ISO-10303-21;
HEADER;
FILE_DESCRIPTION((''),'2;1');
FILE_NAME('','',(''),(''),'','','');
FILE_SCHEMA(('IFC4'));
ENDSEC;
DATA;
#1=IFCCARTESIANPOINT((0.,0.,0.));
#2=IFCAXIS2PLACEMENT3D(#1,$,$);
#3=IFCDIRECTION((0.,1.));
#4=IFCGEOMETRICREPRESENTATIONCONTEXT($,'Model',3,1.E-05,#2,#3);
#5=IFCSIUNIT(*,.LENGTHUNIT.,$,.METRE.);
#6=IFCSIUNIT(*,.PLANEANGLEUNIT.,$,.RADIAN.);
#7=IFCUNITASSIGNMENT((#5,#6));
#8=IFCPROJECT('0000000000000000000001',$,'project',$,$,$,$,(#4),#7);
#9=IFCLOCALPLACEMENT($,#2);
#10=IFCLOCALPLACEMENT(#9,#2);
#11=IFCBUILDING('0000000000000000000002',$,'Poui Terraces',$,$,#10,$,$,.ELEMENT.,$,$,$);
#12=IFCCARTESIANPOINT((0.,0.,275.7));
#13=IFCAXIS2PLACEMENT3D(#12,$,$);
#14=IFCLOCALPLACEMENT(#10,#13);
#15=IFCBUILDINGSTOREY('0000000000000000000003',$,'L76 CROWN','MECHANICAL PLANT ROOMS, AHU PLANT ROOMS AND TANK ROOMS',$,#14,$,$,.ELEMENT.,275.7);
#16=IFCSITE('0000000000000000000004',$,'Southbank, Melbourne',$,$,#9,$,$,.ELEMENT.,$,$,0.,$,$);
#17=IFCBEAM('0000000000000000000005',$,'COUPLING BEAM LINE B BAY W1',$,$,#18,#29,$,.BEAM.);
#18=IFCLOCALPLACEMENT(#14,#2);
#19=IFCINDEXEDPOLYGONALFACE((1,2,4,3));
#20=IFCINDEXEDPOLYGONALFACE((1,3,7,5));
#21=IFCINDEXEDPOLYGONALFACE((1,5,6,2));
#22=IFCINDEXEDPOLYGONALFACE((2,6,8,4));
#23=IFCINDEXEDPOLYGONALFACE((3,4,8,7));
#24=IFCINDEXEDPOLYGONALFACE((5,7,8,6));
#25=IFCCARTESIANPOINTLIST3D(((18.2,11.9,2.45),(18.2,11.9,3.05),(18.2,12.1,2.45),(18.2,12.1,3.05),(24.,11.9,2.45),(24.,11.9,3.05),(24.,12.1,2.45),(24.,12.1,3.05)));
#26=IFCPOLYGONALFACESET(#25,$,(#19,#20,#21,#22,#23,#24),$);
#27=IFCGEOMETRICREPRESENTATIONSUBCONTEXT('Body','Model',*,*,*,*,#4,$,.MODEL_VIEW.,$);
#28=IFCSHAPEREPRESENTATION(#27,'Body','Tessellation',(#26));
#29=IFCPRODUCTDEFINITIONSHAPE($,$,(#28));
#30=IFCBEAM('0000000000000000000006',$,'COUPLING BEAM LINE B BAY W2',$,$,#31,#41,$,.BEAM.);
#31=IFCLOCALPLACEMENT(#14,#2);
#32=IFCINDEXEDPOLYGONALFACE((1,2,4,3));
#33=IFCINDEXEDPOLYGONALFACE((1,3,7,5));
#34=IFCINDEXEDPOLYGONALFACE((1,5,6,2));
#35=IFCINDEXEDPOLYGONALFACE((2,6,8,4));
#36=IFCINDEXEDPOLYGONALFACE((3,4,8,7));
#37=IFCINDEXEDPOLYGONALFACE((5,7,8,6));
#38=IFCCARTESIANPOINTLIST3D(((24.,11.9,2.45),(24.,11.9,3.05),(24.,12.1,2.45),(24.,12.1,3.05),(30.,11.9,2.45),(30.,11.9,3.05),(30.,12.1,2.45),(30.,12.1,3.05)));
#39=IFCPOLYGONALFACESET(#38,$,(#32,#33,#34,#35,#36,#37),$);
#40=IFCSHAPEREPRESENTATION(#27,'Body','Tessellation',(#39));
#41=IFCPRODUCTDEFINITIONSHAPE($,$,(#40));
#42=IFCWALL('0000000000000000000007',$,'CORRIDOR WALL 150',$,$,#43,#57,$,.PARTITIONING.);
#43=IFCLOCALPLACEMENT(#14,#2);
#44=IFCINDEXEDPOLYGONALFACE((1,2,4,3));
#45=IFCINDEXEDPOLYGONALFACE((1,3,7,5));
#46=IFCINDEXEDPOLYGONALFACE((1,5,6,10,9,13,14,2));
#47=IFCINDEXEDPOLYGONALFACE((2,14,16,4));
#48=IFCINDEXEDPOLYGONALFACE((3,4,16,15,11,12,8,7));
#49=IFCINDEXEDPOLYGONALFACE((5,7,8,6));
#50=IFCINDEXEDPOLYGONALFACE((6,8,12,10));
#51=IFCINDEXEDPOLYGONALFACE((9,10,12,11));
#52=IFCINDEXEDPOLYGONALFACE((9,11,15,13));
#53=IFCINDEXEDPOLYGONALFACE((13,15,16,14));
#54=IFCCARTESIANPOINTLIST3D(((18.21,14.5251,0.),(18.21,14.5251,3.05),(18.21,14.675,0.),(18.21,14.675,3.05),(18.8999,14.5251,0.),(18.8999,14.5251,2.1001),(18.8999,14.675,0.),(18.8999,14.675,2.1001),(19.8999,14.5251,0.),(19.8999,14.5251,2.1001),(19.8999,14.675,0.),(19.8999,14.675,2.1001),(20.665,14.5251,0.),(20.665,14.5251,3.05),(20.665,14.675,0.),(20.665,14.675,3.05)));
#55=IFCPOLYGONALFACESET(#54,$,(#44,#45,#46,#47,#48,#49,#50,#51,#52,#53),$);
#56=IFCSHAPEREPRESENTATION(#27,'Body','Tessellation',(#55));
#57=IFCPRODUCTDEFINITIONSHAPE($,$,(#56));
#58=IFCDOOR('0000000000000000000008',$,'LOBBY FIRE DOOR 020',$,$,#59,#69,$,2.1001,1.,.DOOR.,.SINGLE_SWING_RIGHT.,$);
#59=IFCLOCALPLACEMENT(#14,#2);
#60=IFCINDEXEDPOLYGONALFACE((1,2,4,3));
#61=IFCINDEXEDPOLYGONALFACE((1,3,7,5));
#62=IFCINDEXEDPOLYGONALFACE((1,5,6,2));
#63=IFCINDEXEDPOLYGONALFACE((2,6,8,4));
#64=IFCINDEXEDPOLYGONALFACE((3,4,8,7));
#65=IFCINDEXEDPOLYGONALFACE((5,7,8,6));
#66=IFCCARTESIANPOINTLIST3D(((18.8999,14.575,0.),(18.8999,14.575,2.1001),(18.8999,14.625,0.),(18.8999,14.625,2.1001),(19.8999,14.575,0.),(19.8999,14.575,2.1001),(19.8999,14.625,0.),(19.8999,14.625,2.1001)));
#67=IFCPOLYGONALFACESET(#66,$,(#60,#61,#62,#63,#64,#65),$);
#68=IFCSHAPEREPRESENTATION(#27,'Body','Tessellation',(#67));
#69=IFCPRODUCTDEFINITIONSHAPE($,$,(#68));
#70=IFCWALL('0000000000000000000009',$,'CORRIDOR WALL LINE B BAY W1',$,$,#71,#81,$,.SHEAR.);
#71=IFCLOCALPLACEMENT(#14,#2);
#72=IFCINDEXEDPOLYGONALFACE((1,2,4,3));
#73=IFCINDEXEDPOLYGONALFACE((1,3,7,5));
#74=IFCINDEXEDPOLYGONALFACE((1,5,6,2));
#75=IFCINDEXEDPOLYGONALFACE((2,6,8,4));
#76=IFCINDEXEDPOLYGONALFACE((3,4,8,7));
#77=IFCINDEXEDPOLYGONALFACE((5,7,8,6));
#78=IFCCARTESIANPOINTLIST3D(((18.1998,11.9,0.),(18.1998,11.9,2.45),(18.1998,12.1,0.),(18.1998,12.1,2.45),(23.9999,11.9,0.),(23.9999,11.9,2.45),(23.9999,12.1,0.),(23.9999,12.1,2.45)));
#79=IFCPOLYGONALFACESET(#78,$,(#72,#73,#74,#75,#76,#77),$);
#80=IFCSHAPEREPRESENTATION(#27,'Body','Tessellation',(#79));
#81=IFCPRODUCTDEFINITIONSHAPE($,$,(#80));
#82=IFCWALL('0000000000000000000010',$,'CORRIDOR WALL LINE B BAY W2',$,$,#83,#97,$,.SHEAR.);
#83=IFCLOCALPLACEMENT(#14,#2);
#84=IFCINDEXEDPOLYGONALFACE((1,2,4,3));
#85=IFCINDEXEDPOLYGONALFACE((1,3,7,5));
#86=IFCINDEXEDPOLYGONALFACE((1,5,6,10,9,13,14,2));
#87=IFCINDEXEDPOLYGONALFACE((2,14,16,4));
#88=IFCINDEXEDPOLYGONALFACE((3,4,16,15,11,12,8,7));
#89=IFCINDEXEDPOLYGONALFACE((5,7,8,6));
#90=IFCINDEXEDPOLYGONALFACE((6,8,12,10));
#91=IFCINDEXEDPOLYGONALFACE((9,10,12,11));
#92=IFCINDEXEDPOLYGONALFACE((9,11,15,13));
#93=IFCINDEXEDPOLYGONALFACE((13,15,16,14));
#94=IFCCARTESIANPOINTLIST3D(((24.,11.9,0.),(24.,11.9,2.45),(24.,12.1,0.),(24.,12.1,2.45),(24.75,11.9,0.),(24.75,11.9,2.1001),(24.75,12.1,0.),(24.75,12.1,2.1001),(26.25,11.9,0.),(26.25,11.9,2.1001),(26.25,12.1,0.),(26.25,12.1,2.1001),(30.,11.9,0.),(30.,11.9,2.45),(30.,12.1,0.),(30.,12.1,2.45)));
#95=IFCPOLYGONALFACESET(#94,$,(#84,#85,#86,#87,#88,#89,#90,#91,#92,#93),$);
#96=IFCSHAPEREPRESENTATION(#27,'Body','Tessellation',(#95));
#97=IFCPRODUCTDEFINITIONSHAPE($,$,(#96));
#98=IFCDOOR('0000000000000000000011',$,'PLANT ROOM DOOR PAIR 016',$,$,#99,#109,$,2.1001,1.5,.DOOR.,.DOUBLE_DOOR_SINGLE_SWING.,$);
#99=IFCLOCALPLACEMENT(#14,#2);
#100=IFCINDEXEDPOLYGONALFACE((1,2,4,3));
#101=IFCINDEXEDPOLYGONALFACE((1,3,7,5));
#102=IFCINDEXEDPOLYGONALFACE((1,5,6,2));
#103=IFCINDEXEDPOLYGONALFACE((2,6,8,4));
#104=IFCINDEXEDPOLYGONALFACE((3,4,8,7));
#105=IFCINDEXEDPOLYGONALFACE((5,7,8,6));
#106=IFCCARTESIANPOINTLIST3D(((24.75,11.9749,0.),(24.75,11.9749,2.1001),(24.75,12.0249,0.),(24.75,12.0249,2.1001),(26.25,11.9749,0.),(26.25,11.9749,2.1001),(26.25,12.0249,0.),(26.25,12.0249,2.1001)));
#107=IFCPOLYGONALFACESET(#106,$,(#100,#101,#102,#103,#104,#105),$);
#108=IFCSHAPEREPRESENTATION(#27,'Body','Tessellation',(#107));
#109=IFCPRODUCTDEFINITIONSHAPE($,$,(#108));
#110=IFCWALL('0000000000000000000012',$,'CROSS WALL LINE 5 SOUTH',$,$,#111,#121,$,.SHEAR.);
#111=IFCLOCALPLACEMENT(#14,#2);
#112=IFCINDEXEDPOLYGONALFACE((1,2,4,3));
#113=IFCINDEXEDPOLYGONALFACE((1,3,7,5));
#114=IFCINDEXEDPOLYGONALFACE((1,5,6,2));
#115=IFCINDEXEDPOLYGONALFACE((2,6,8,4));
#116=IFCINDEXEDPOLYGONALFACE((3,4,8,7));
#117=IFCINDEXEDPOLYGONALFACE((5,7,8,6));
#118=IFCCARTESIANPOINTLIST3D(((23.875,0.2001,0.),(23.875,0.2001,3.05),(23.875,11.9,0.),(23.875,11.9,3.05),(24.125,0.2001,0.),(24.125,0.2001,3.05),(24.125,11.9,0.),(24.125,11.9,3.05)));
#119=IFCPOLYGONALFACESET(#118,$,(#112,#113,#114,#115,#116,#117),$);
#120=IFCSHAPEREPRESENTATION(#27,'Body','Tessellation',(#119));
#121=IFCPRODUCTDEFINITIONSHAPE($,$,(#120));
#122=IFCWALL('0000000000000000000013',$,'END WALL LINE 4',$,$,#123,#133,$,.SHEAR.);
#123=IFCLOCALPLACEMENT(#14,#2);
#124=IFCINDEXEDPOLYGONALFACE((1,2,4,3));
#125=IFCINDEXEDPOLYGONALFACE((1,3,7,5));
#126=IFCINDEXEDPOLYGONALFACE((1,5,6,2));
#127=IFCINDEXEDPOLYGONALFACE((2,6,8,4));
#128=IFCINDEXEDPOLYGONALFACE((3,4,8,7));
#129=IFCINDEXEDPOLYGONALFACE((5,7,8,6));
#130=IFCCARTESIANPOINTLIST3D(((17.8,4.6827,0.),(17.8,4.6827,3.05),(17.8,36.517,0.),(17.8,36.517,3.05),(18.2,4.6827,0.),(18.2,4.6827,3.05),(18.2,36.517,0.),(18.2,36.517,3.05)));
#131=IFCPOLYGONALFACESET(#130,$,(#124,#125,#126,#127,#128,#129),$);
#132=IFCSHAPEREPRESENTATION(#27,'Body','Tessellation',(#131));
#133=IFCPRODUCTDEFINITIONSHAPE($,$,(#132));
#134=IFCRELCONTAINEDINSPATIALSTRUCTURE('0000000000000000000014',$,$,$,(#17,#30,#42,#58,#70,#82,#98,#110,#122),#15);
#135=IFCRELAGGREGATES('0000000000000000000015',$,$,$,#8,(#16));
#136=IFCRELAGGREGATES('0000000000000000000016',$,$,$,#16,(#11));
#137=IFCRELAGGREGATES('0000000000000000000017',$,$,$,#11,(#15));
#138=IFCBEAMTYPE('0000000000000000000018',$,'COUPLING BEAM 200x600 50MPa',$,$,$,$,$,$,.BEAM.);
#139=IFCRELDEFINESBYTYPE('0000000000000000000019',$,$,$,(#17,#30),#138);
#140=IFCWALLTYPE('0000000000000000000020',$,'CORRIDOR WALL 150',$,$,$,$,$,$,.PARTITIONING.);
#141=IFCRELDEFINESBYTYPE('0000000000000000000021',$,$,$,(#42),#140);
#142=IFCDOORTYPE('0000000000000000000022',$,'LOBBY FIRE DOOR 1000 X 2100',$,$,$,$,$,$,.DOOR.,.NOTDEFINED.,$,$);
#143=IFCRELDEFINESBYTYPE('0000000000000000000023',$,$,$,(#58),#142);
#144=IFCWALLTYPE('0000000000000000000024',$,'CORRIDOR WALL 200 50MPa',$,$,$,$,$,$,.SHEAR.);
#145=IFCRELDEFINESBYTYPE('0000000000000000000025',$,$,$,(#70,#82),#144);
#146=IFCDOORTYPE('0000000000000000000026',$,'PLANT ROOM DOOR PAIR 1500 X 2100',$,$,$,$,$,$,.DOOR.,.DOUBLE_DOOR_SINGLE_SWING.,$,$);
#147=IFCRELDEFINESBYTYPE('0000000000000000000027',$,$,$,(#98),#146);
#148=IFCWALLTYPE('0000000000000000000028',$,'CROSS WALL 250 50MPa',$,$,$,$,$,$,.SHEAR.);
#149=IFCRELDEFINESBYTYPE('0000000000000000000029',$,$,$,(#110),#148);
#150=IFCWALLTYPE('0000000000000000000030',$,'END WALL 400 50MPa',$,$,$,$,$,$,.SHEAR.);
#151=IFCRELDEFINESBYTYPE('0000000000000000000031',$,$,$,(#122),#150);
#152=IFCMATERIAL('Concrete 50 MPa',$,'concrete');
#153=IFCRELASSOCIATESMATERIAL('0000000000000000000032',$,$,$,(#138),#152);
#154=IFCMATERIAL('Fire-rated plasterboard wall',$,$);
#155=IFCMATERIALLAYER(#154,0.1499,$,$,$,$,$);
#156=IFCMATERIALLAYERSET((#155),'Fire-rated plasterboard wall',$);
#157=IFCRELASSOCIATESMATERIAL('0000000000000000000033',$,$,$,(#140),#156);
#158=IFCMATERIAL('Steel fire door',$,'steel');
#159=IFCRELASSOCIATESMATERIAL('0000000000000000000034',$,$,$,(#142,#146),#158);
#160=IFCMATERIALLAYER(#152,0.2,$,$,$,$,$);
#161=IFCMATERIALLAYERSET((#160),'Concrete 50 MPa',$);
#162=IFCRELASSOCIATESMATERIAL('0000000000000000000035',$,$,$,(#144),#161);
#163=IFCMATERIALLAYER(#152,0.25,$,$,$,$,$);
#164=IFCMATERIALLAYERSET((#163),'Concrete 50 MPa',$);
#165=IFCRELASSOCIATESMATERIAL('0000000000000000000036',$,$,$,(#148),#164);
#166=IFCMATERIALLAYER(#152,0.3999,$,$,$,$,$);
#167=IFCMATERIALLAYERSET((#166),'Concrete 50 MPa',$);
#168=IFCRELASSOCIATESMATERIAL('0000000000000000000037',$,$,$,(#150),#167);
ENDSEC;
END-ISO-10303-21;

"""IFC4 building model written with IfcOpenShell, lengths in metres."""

from ifc_helpers import new_model, si_unit, direction, frame, frame_2d, origin, origin_2d, place, context, subcontext, project, spatial, rectangle, extrude, source, transform, mapped, material, layer, layer_set, material_profile, profile_set, type_object, element, fill, save


model = new_model("IFC4")

# Units and contexts
model_context = context("Model", 3, precision=1e-05, world=origin(), true_north=direction((0.0, 1.0)))
body_context = subcontext(model_context, "Body", "Model", "MODEL_VIEW")
ifc_project = project(units=[si_unit("LENGTHUNIT", "METRE"), si_unit("PLANEANGLEUNIT", "RADIAN")], contexts=[model_context])

# Site, building, storey
site_placement = place(None, origin())
site = spatial("IfcSite", under=ifc_project, at=site_placement, Name="Southbank, Melbourne", CompositionType="ELEMENT", RefElevation=0.0)
building_placement = place(site_placement, origin())
building = spatial("IfcBuilding", under=site, at=building_placement, Name="Poui Terraces", CompositionType="ELEMENT")
storey_placement = place(building_placement, frame((0.0, 0.0, 275.7)))
storey = spatial("IfcBuildingStorey", under=building, at=storey_placement, Name="L76 CROWN", Description="MECHANICAL PLANT ROOMS, AHU PLANT ROOMS AND TANK ROOMS", CompositionType="ELEMENT", Elevation=275.7)

# Beams
ifc_material_1 = material(Name="Concrete 50 MPa", Category="concrete")
ifc_material_profile_1 = material_profile(ifc_material_1, rectangle(XDim=0.2, YDim=0.6001, at=origin_2d()), Name="RC 200x600")
ifc_profile_set_1 = profile_set([ifc_material_profile_1], Name="Concrete 50 MPa")
beam_type = type_object("IfcBeamType", Name="COUPLING BEAM 200x600 50MPa", PredefinedType="BEAM", material=ifc_profile_set_1)
shared_shape_1 = source(origin(), body_context, "Body", "SweptSolid", [
    extrude(rectangle(XDim=0.2, YDim=0.6001, at=origin_2d()), origin(), (0.0, 0.0, 1.0), 5.8),
])
beam_1_placement = place(storey_placement, frame((18.2, 12.0, 2.75), z_axis=(1.0, 0.0, 0.0), x_axis=(0.0, 1.0, 0.0)))
element("IfcBeam", 1, at=beam_1_placement, inside=storey, type_object=beam_type, Name="COUPLING BEAM LINE B BAY W1", PredefinedType="BEAM", context=body_context, shape_type="MappedRepresentation", body=[
    mapped(shared_shape_1, transform((0.0, 0.0, 0.0))),
])
shared_shape_2 = source(origin(), body_context, "Body", "SweptSolid", [
    extrude(rectangle(XDim=0.2, YDim=0.6001, at=origin_2d()), origin(), (0.0, 0.0, 1.0), 6.0),
])
beam_2_placement = place(storey_placement, frame((24.0, 12.0, 2.75), z_axis=(1.0, 0.0, 0.0), x_axis=(0.0, 1.0, 0.0)))
element("IfcBeam", 2, at=beam_2_placement, inside=storey, type_object=beam_type, Name="COUPLING BEAM LINE B BAY W2", PredefinedType="BEAM", context=body_context, shape_type="MappedRepresentation", body=[
    mapped(shared_shape_2, transform((0.0, 0.0, 0.0))),
])

# Wall, opening, door
ifc_material_2 = material(Name="Fire-rated plasterboard wall")
ifc_layer_1 = layer(ifc_material_2, 0.1499)
ifc_layer_set_1 = layer_set([ifc_layer_1], Name="Fire-rated plasterboard wall")
wall_type_1 = type_object("IfcWallType", Name="CORRIDOR WALL 150", PredefinedType="PARTITIONING", material=ifc_layer_set_1)
wall_1_placement = place(storey_placement, frame((18.21, 14.6001, 0.0), z_axis=(0.0, 0.0, 1.0), x_axis=(1.0, 0.0, 0.0)))
wall_1 = element("IfcWall", 3, at=wall_1_placement, inside=storey, type_object=wall_type_1, Name="CORRIDOR WALL 150", PredefinedType="PARTITIONING", context=body_context, shape_type="SweptSolid", body=[
    extrude(rectangle(XDim=2.4551, YDim=0.1499, at=frame_2d((1.2275, 0.0))), origin(), (0.0, 0.0, 1.0), 3.05),
])
opening_1_placement = place(wall_1_placement, frame((0.6899, 0.0, 0.0)))
opening_1 = element("IfcOpeningElement", 4, at=opening_1_placement, cuts=wall_1, PredefinedType="OPENING", context=body_context, shape_type="SweptSolid", body=[
    extrude(rectangle(XDim=1.0, YDim=2.1001, at=frame_2d((0.5, 1.05))), frame((0.0, 0.085, 0.0), z_axis=(0.0, -1.0, 0.0), x_axis=(1.0, 0.0, 0.0)), (0.0, 0.0, 1.0), 0.1699),
])
ifc_material_3 = material(Name="Steel fire door", Category="steel")
door_type_1 = type_object("IfcDoorType", Name="LOBBY FIRE DOOR 1000 X 2100", OperationType="NOTDEFINED", PredefinedType="DOOR", material=ifc_material_3)
door_1_placement = place(opening_1_placement, origin())
door_1 = element("IfcDoor", 5, at=door_1_placement, inside=storey, type_object=door_type_1, Name="LOBBY FIRE DOOR 020", OperationType="SINGLE_SWING_RIGHT", OverallHeight=2.1001, OverallWidth=1.0, PredefinedType="DOOR", context=body_context, shape_type="SweptSolid", body=[
    extrude(rectangle(XDim=1.0, YDim=2.1001, at=frame_2d((0.5, 1.05))), frame((0.0, 0.0249, 0.0), z_axis=(0.0, -1.0, 0.0), x_axis=(1.0, 0.0, 0.0)), (0.0, 0.0, 1.0), 0.05),
])
fill(opening_1, door_1)

# Wall
ifc_layer_2 = layer(ifc_material_1, 0.2)
ifc_layer_set_2 = layer_set([ifc_layer_2], Name="Concrete 50 MPa")
wall_type_2 = type_object("IfcWallType", Name="CORRIDOR WALL 200 50MPa", PredefinedType="SHEAR", material=ifc_layer_set_2)
wall_2_placement = place(storey_placement, frame((18.2, 12.0, 0.0), z_axis=(0.0, 0.0, 1.0), x_axis=(1.0, 0.0, 0.0)))
element("IfcWall", 6, at=wall_2_placement, inside=storey, type_object=wall_type_2, Name="CORRIDOR WALL LINE B BAY W1", PredefinedType="SHEAR", context=body_context, shape_type="SweptSolid", body=[
    extrude(rectangle(XDim=5.8, YDim=0.2, at=frame_2d((2.8999, 0.0))), origin(), (0.0, 0.0, 1.0), 2.45),
])

# Wall, opening, door
wall_3_placement = place(storey_placement, frame((24.0, 12.0, 0.0), z_axis=(0.0, 0.0, 1.0), x_axis=(1.0, 0.0, 0.0)))
wall_3 = element("IfcWall", 7, at=wall_3_placement, inside=storey, type_object=wall_type_2, Name="CORRIDOR WALL LINE B BAY W2", PredefinedType="SHEAR", context=body_context, shape_type="SweptSolid", body=[
    extrude(rectangle(XDim=6.0, YDim=0.2, at=frame_2d((3.0, 0.0))), origin(), (0.0, 0.0, 1.0), 2.45),
])
opening_2_placement = place(wall_3_placement, frame((0.75, 0.0, 0.0)))
opening_2 = element("IfcOpeningElement", 8, at=opening_2_placement, cuts=wall_3, PredefinedType="OPENING", context=body_context, shape_type="SweptSolid", body=[
    extrude(rectangle(XDim=1.5, YDim=2.1001, at=frame_2d((0.75, 1.05))), frame((0.0, 0.1099, 0.0), z_axis=(0.0, -1.0, 0.0), x_axis=(1.0, 0.0, 0.0)), (0.0, 0.0, 1.0), 0.22),
])
door_type_2 = type_object("IfcDoorType", Name="PLANT ROOM DOOR PAIR 1500 X 2100", OperationType="DOUBLE_DOOR_SINGLE_SWING", PredefinedType="DOOR", material=ifc_material_3)
door_2_placement = place(opening_2_placement, origin())
door_2 = element("IfcDoor", 9, at=door_2_placement, inside=storey, type_object=door_type_2, Name="PLANT ROOM DOOR PAIR 016", OperationType="DOUBLE_DOOR_SINGLE_SWING", OverallHeight=2.1001, OverallWidth=1.5, PredefinedType="DOOR", context=body_context, shape_type="SweptSolid", body=[
    extrude(rectangle(XDim=1.5, YDim=2.1001, at=frame_2d((0.75, 1.05))), frame((0.0, 0.0249, 0.0), z_axis=(0.0, -1.0, 0.0), x_axis=(1.0, 0.0, 0.0)), (0.0, 0.0, 1.0), 0.05),
])
fill(opening_2, door_2)

# Walls
ifc_layer_3 = layer(ifc_material_1, 0.25)
ifc_layer_set_3 = layer_set([ifc_layer_3], Name="Concrete 50 MPa")
wall_type_3 = type_object("IfcWallType", Name="CROSS WALL 250 50MPa", PredefinedType="SHEAR", material=ifc_layer_set_3)
wall_4_placement = place(storey_placement, frame((24.0, 0.2, 0.0), z_axis=(0.0, 0.0, 1.0), x_axis=(0.0, 1.0, 0.0)))
element("IfcWall", 10, at=wall_4_placement, inside=storey, type_object=wall_type_3, Name="CROSS WALL LINE 5 SOUTH", PredefinedType="SHEAR", context=body_context, shape_type="SweptSolid", body=[
    extrude(rectangle(XDim=11.7, YDim=0.25, at=frame_2d((5.8501, 0.0))), origin(), (0.0, 0.0, 1.0), 3.05),
])
ifc_layer_4 = layer(ifc_material_1, 0.3999)
ifc_layer_set_4 = layer_set([ifc_layer_4], Name="Concrete 50 MPa")
wall_type_4 = type_object("IfcWallType", Name="END WALL 400 50MPa", PredefinedType="SHEAR", material=ifc_layer_set_4)
wall_5_placement = place(storey_placement, frame((18.0, 4.6829, 0.0), z_axis=(0.0, 0.0, 1.0), x_axis=(0.0, 1.0, 0.0)))
element("IfcWall", 11, at=wall_5_placement, inside=storey, type_object=wall_type_4, Name="END WALL LINE 4", PredefinedType="SHEAR", context=body_context, shape_type="SweptSolid", body=[
    extrude(rectangle(XDim=31.8342, YDim=0.3999, at=frame_2d((15.917, 0.0))), origin(), (0.0, 0.0, 1.0), 3.05),
])

save(model, "model.ifc")
